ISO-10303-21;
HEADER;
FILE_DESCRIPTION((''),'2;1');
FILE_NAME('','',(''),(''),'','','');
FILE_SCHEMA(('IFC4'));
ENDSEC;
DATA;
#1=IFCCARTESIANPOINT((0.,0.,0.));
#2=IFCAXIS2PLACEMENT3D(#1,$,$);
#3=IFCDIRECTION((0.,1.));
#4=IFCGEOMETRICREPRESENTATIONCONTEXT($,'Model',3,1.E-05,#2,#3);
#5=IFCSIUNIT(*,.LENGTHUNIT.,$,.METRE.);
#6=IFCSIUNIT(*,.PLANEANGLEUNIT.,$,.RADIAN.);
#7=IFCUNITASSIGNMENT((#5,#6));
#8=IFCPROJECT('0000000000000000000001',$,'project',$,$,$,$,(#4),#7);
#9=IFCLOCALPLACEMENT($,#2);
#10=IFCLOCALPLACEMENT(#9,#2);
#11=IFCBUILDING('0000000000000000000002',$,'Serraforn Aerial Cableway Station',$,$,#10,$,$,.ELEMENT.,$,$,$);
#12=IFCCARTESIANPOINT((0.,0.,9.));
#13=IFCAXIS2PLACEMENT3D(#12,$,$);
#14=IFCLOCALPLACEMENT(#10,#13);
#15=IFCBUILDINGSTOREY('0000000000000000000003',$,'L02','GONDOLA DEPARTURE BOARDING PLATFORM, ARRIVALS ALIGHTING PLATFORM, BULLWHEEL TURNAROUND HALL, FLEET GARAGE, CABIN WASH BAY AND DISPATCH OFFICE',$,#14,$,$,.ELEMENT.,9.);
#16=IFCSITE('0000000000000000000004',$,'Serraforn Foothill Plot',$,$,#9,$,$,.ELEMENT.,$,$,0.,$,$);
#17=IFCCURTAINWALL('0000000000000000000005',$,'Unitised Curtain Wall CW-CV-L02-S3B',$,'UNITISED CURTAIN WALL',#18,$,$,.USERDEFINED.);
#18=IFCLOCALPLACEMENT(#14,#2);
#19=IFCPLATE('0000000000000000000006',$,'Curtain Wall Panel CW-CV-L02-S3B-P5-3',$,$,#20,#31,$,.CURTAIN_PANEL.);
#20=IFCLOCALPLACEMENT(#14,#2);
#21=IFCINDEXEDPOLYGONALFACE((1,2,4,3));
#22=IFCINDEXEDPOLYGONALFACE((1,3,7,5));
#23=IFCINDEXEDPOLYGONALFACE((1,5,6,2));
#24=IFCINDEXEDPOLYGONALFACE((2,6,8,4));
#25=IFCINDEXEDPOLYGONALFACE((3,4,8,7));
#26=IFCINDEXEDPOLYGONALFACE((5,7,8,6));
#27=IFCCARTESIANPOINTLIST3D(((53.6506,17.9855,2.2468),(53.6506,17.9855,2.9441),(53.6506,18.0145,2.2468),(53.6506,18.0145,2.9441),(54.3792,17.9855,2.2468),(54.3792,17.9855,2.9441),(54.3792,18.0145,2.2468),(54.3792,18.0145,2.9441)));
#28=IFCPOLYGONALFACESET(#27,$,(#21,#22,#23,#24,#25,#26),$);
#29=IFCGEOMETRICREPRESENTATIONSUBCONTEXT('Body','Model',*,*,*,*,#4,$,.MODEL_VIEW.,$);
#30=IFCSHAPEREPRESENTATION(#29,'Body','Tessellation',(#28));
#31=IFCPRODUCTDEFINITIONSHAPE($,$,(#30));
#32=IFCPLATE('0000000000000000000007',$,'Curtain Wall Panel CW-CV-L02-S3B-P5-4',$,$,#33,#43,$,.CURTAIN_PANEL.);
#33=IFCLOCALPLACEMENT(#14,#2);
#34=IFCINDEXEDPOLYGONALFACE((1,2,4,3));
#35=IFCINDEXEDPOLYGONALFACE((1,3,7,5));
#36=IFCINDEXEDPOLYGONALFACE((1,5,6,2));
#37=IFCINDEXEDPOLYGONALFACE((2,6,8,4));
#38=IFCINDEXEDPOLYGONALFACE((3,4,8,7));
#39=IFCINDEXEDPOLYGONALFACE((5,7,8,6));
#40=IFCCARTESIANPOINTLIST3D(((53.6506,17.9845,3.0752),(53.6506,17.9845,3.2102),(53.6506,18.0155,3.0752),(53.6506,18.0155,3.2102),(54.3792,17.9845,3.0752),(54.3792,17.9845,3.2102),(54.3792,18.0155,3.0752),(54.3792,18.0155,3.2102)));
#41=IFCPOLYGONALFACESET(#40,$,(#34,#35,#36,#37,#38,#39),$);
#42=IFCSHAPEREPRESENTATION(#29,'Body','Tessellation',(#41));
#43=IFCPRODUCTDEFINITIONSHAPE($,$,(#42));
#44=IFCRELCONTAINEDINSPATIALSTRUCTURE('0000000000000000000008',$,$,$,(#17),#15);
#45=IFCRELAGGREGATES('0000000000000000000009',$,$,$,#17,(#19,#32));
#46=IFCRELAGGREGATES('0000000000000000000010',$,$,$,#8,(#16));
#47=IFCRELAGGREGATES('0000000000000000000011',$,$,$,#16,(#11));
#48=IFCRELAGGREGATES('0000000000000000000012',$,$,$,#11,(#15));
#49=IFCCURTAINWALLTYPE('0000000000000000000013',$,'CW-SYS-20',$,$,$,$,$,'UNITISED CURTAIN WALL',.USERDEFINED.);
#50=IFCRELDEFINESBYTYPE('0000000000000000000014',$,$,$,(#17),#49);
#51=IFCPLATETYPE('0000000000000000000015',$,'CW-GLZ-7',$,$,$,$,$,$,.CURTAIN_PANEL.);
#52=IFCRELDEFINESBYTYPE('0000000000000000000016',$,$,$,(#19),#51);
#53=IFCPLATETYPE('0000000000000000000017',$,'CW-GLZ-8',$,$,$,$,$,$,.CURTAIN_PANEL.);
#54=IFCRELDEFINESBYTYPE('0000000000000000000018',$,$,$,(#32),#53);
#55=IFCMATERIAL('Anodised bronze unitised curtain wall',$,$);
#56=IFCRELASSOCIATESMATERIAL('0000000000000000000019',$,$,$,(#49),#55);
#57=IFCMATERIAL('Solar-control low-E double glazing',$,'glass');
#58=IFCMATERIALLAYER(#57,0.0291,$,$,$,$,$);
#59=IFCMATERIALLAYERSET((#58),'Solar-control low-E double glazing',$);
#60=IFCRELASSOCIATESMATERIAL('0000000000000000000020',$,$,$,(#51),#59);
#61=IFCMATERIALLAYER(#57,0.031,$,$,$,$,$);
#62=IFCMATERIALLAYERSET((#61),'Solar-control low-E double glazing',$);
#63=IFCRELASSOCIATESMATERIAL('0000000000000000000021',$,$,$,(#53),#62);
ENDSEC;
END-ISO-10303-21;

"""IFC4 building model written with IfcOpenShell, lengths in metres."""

from ifc_helpers import new_model, si_unit, direction, frame, origin, origin_2d, place, context, subcontext, project, spatial, rectangle, extrude, material, layer, layer_set, type_object, element, aggregate, save


model = new_model("IFC4")

# Units and contexts
model_context = context("Model", 3, precision=1e-05, world=origin(), true_north=direction((0.0, 1.0)))
body_context = subcontext(model_context, "Body", "Model", "MODEL_VIEW")
ifc_project = project(units=[si_unit("LENGTHUNIT", "METRE"), si_unit("PLANEANGLEUNIT", "RADIAN")], contexts=[model_context])

# Site, building, storey
site_placement = place(None, origin())
site = spatial("IfcSite", under=ifc_project, at=site_placement, Name="Serraforn Foothill Plot", CompositionType="ELEMENT", RefElevation=0.0)
building_placement = place(site_placement, origin())
building = spatial("IfcBuilding", under=site, at=building_placement, Name="Serraforn Aerial Cableway Station", CompositionType="ELEMENT")
storey_placement = place(building_placement, frame((0.0, 0.0, 9.0)))
storey = spatial("IfcBuildingStorey", under=building, at=storey_placement, Name="L02", Description="GONDOLA DEPARTURE BOARDING PLATFORM, ARRIVALS ALIGHTING PLATFORM, BULLWHEEL TURNAROUND HALL, FLEET GARAGE, CABIN WASH BAY AND DISPATCH OFFICE", CompositionType="ELEMENT", Elevation=9.0)

# Curtain wall
ifc_material_1 = material(Name="Anodised bronze unitised curtain wall")
curtain_wall_type = type_object("IfcCurtainWallType", Name="CW-SYS-20", ElementType="UNITISED CURTAIN WALL", PredefinedType="USERDEFINED", material=ifc_material_1)
curtain_wall_placement = place(storey_placement, origin())
curtain_wall = element("IfcCurtainWall", 1, at=curtain_wall_placement, inside=storey, type_object=curtain_wall_type, Name="Unitised Curtain Wall CW-CV-L02-S3B", ObjectType="UNITISED CURTAIN WALL", PredefinedType="USERDEFINED")

# Plates
ifc_material_2 = material(Name="Solar-control low-E double glazing", Category="glass")
ifc_layer_1 = layer(ifc_material_2, 0.0291)
ifc_layer_set_1 = layer_set([ifc_layer_1], Name="Solar-control low-E double glazing")
plate_type_1 = type_object("IfcPlateType", Name="CW-GLZ-7", PredefinedType="CURTAIN_PANEL", material=ifc_layer_set_1)
plate_1_placement = place(storey_placement, frame((54.0149, 18.0, 2.2468), z_axis=(0.0, 0.0, 1.0), x_axis=(1.0, 0.0, 0.0)))
plate_1 = element("IfcPlate", 2, at=plate_1_placement, type_object=plate_type_1, Name="Curtain Wall Panel CW-CV-L02-S3B-P5-3", PredefinedType="CURTAIN_PANEL", context=body_context, shape_type="SweptSolid", body=[
    extrude(rectangle(XDim=0.7285, YDim=0.0291, at=origin_2d()), origin(), (0.0, 0.0, 1.0), 0.6973),
])
ifc_layer_2 = layer(ifc_material_2, 0.031)
ifc_layer_set_2 = layer_set([ifc_layer_2], Name="Solar-control low-E double glazing")
plate_type_2 = type_object("IfcPlateType", Name="CW-GLZ-8", PredefinedType="CURTAIN_PANEL", material=ifc_layer_set_2)
plate_2_placement = place(storey_placement, frame((54.0149, 18.0, 3.0752), z_axis=(0.0, 0.0, 1.0), x_axis=(1.0, 0.0, 0.0)))
plate_2 = element("IfcPlate", 3, at=plate_2_placement, type_object=plate_type_2, Name="Curtain Wall Panel CW-CV-L02-S3B-P5-4", PredefinedType="CURTAIN_PANEL", context=body_context, shape_type="SweptSolid", body=[
    extrude(rectangle(XDim=0.7285, YDim=0.031, at=origin_2d()), origin(), (0.0, 0.0, 1.0), 0.135),
])
aggregate(curtain_wall, [plate_1, plate_2])

save(model, "model.ifc")
